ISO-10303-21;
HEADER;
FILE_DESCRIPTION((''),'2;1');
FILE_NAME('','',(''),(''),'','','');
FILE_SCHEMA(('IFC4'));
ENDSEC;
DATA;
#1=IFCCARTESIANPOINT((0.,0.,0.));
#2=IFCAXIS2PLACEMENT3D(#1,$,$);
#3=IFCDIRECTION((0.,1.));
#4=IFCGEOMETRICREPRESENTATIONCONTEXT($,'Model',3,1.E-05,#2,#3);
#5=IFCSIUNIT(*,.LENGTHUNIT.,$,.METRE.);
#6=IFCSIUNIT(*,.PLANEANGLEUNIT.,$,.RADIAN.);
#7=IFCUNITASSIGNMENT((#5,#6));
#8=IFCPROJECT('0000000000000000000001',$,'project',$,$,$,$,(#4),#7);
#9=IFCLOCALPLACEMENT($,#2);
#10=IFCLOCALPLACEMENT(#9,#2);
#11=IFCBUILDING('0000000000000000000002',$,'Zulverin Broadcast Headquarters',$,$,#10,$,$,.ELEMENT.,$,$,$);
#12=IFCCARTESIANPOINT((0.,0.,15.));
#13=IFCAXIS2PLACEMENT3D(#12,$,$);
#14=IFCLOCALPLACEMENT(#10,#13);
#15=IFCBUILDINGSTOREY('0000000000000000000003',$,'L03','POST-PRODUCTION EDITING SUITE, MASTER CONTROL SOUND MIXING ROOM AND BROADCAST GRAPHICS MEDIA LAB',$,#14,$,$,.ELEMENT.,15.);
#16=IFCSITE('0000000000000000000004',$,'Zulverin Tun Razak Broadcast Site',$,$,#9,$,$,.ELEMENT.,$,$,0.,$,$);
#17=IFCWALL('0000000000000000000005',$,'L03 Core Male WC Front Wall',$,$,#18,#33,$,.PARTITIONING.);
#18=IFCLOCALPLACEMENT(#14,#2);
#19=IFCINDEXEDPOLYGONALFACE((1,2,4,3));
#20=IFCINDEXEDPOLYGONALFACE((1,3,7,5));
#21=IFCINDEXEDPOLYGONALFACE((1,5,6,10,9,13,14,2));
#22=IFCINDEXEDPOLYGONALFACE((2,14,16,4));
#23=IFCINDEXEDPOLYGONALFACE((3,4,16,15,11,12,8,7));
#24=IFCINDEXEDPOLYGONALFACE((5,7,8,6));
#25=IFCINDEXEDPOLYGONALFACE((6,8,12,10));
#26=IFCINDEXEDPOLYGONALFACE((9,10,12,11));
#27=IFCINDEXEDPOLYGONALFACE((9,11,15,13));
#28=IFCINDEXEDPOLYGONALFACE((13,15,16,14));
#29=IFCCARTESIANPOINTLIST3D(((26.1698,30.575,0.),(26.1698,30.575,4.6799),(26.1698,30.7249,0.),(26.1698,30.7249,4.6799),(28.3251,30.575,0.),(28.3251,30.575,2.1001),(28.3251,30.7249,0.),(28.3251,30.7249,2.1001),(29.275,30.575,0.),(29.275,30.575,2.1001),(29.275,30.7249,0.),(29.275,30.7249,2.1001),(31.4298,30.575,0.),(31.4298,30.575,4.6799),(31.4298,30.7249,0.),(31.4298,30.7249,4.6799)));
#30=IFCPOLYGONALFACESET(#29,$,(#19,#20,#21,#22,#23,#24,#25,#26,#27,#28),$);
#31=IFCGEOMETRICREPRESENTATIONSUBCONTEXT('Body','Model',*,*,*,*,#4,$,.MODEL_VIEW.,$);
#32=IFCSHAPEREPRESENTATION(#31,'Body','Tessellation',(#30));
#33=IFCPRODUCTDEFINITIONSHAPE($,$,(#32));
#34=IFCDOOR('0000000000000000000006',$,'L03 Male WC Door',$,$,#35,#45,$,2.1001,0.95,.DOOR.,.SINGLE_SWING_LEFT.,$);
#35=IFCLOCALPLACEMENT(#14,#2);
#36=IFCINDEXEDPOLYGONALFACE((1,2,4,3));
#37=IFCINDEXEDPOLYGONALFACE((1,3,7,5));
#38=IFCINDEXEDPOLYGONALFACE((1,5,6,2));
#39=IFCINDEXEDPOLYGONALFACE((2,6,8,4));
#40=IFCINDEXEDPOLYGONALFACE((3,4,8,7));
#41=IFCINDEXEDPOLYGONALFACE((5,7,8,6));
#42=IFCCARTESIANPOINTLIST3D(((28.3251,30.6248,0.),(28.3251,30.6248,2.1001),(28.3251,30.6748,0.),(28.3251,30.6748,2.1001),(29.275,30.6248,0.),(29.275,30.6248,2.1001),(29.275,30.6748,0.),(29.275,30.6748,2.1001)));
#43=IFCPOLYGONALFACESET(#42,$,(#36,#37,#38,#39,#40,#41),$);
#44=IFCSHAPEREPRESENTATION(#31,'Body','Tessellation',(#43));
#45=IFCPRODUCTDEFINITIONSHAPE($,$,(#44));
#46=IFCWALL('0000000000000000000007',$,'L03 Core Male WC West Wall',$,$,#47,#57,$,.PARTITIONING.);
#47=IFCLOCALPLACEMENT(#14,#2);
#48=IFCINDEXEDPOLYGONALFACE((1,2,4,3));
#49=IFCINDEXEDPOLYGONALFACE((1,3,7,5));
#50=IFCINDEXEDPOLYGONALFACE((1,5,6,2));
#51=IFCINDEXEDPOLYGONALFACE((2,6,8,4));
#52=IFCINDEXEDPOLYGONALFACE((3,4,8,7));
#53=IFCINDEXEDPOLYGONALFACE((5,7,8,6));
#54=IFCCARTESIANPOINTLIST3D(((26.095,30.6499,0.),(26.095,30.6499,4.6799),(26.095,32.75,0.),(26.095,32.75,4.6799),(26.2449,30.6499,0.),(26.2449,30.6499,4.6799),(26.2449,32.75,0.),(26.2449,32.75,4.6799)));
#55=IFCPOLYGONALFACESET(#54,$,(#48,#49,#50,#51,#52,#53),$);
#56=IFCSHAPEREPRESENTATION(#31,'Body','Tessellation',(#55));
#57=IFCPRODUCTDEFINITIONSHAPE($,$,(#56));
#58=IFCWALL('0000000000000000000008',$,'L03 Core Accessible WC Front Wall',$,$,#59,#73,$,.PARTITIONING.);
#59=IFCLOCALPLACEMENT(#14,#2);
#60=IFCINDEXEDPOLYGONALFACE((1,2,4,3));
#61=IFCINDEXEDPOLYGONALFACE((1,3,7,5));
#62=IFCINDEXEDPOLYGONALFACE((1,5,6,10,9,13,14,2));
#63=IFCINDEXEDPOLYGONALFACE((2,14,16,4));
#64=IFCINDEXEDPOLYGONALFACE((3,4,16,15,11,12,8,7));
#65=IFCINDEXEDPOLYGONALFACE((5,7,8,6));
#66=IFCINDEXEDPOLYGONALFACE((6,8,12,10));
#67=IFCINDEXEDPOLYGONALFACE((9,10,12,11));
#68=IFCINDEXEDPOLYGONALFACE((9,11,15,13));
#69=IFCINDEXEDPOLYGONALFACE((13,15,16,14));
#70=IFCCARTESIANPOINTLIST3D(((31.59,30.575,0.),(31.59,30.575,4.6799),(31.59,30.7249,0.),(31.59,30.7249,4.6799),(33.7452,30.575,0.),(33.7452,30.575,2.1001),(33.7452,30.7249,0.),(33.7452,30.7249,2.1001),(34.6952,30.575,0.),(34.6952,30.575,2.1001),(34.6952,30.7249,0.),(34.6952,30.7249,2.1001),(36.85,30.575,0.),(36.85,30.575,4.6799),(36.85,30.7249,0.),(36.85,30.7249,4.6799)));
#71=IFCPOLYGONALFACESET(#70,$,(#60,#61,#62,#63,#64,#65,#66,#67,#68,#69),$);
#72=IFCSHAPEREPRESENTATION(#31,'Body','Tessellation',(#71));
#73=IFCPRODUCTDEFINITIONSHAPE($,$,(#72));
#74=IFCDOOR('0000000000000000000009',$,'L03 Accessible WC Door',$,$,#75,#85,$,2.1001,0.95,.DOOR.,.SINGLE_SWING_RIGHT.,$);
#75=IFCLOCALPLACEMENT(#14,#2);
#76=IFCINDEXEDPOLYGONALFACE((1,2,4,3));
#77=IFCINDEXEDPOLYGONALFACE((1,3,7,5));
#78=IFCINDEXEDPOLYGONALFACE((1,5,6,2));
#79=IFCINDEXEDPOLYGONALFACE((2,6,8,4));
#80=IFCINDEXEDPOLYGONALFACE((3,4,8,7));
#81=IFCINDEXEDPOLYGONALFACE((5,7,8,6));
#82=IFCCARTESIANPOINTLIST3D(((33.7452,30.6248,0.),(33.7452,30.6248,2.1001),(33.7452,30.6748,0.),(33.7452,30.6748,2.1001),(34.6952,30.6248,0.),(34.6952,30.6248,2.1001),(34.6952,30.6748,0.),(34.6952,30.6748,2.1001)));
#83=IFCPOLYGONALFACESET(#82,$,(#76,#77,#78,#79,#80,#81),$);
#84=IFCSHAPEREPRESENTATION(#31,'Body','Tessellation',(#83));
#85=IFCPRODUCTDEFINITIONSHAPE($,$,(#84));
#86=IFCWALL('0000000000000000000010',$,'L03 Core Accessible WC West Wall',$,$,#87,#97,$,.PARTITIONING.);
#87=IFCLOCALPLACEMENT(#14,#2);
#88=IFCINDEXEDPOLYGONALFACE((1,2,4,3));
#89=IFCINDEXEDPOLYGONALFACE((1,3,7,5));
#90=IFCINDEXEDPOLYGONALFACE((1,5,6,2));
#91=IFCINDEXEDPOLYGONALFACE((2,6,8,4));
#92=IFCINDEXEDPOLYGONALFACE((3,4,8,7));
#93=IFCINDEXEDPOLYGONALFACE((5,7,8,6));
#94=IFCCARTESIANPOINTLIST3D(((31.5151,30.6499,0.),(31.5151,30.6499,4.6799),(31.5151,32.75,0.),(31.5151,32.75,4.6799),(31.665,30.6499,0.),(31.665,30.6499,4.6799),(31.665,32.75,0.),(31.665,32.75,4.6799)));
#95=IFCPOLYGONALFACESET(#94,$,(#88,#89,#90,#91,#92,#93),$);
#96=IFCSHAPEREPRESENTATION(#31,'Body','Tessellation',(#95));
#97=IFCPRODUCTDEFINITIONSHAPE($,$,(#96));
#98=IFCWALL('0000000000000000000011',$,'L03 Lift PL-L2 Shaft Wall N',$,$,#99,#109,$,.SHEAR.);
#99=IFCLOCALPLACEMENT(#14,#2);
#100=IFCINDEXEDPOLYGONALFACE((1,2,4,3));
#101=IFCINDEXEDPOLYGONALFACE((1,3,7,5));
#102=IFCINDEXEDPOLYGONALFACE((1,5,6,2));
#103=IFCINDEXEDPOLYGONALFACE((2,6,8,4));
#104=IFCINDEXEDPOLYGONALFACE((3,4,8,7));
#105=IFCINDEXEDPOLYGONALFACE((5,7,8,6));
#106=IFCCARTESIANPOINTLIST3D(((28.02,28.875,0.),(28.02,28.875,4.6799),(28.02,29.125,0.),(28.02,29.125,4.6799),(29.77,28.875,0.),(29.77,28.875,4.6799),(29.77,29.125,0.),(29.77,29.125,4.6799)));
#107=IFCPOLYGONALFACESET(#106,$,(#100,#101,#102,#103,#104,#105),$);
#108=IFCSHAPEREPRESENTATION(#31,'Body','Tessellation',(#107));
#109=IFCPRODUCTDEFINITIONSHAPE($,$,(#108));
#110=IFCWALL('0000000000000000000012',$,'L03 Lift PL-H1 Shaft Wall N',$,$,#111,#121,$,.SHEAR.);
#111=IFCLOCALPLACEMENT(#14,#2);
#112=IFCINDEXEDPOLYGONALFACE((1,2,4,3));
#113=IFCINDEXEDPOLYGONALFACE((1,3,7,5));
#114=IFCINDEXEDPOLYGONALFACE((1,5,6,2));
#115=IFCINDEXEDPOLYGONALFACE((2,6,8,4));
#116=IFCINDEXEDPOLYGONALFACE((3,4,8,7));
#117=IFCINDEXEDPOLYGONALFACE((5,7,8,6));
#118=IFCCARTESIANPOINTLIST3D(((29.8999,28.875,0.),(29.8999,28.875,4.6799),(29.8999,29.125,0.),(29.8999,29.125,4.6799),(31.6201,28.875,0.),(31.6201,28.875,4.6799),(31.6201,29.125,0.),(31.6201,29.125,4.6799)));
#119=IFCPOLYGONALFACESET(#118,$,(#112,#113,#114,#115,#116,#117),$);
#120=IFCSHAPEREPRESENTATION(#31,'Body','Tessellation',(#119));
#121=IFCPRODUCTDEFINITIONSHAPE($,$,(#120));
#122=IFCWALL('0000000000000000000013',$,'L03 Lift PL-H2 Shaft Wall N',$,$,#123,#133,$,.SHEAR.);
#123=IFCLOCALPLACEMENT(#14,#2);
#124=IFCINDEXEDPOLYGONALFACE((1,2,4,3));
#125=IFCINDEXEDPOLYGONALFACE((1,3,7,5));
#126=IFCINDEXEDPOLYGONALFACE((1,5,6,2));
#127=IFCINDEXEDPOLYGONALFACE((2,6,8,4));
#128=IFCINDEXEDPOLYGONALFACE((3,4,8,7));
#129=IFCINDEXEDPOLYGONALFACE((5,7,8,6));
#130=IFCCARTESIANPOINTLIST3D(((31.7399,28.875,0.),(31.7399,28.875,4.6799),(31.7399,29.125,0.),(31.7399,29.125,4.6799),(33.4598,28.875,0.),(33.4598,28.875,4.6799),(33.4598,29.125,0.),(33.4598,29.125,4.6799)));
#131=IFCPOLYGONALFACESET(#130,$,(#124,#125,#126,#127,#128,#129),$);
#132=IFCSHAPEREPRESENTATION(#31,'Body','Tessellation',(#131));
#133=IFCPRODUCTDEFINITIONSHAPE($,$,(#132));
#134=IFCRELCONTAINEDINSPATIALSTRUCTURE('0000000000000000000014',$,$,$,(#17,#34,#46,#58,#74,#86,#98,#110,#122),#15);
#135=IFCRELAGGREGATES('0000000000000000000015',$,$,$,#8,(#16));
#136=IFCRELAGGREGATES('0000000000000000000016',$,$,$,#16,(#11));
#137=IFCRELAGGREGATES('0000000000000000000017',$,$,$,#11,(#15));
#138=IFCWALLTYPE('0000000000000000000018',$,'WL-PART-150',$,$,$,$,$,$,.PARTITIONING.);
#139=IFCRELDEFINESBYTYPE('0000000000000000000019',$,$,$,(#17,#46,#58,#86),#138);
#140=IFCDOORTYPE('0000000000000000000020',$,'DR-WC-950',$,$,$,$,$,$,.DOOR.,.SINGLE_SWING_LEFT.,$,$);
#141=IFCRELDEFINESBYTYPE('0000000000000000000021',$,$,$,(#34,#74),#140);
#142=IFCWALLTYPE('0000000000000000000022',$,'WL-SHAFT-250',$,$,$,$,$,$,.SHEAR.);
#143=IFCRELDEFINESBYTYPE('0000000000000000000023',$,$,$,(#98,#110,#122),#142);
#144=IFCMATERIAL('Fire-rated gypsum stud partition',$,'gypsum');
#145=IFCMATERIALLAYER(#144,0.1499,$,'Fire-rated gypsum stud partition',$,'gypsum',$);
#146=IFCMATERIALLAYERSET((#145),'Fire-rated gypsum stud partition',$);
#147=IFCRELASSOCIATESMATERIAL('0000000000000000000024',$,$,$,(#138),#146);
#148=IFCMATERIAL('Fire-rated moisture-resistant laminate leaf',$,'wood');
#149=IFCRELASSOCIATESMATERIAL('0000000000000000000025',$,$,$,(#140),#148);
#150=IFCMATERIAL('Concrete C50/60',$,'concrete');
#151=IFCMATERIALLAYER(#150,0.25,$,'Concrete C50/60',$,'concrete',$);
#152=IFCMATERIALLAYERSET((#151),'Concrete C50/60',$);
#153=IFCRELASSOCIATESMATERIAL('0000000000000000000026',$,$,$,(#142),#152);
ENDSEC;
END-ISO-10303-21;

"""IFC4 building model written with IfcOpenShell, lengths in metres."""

from ifc_helpers import new_model, si_unit, direction, frame, frame_2d, origin, place, context, subcontext, project, spatial, rectangle, extrude, material, layer, layer_set, type_object, element, fill, save


model = new_model("IFC4")

# Units and contexts
model_context = context("Model", 3, precision=1e-05, world=origin(), true_north=direction((0.0, 1.0)))
body_context = subcontext(model_context, "Body", "Model", "MODEL_VIEW")
ifc_project = project(units=[si_unit("LENGTHUNIT", "METRE"), si_unit("PLANEANGLEUNIT", "RADIAN")], contexts=[model_context])

# Site, building, storey
site_placement = place(None, origin())
site = spatial("IfcSite", under=ifc_project, at=site_placement, Name="Zulverin Tun Razak Broadcast Site", CompositionType="ELEMENT", RefElevation=0.0)
building_placement = place(site_placement, origin())
building = spatial("IfcBuilding", under=site, at=building_placement, Name="Zulverin Broadcast Headquarters", CompositionType="ELEMENT")
storey_placement = place(building_placement, frame((0.0, 0.0, 15.0)))
storey = spatial("IfcBuildingStorey", under=building, at=storey_placement, Name="L03", Description="POST-PRODUCTION EDITING SUITE, MASTER CONTROL SOUND MIXING ROOM AND BROADCAST GRAPHICS MEDIA LAB", CompositionType="ELEMENT", Elevation=15.0)

# Wall, opening, door
ifc_material_1 = material(Name="Fire-rated gypsum stud partition", Category="gypsum")
ifc_layer_1 = layer(ifc_material_1, 0.1499, Name="Fire-rated gypsum stud partition", Category="gypsum")
ifc_layer_set_1 = layer_set([ifc_layer_1], Name="Fire-rated gypsum stud partition")
wall_type_1 = type_object("IfcWallType", Name="WL-PART-150", PredefinedType="PARTITIONING", material=ifc_layer_set_1)
wall_1_placement = place(storey_placement, frame((26.1699, 30.6499, 0.0), z_axis=(0.0, 0.0, 1.0), x_axis=(1.0, 0.0, 0.0)))
wall_1 = element("IfcWall", 1, at=wall_1_placement, inside=storey, type_object=wall_type_1, Name="L03 Core Male WC Front Wall", PredefinedType="PARTITIONING", context=body_context, shape_type="SweptSolid", body=[
    extrude(rectangle(XDim=5.26, YDim=0.1499, at=frame_2d((2.6299, 0.0))), origin(), (0.0, 0.0, 1.0), 4.6799),
])
opening_1_placement = place(wall_1_placement, frame((2.155, 0.0, 0.0)))
opening_1 = element("IfcOpeningElement", 2, at=opening_1_placement, cuts=wall_1, PredefinedType="OPENING", context=body_context, shape_type="SweptSolid", body=[
    extrude(rectangle(XDim=0.95, YDim=2.1001, at=frame_2d((0.4751, 1.05))), frame((0.0, 0.085, 0.0), z_axis=(0.0, -1.0, 0.0), x_axis=(1.0, 0.0, 0.0)), (0.0, 0.0, 1.0), 0.1699),
])
ifc_material_2 = material(Name="Fire-rated moisture-resistant laminate leaf", Category="wood")
door_type = type_object("IfcDoorType", Name="DR-WC-950", OperationType="SINGLE_SWING_LEFT", PredefinedType="DOOR", material=ifc_material_2)
door_1_placement = place(opening_1_placement, origin())
door_1 = element("IfcDoor", 3, at=door_1_placement, inside=storey, type_object=door_type, Name="L03 Male WC Door", OperationType="SINGLE_SWING_LEFT", OverallHeight=2.1001, OverallWidth=0.95, PredefinedType="DOOR", context=body_context, shape_type="SweptSolid", body=[
    extrude(rectangle(XDim=0.95, YDim=2.1001, at=frame_2d((0.4751, 1.05))), frame((0.0, 0.0249, 0.0), z_axis=(0.0, -1.0, 0.0), x_axis=(1.0, 0.0, 0.0)), (0.0, 0.0, 1.0), 0.05),
])
fill(opening_1, door_1)

# Wall
wall_2_placement = place(storey_placement, frame((26.1699, 30.6499, 0.0), z_axis=(0.0, 0.0, 1.0), x_axis=(0.0, 1.0, 0.0)))
element("IfcWall", 4, at=wall_2_placement, inside=storey, type_object=wall_type_1, Name="L03 Core Male WC West Wall", PredefinedType="PARTITIONING", context=body_context, shape_type="SweptSolid", body=[
    extrude(rectangle(XDim=2.1001, YDim=0.1499, at=frame_2d((1.05, 0.0))), origin(), (0.0, 0.0, 1.0), 4.6799),
])

# Wall, opening, door
wall_3_placement = place(storey_placement, frame((31.5901, 30.6499, 0.0), z_axis=(0.0, 0.0, 1.0), x_axis=(1.0, 0.0, 0.0)))
wall_3 = element("IfcWall", 5, at=wall_3_placement, inside=storey, type_object=wall_type_1, Name="L03 Core Accessible WC Front Wall", PredefinedType="PARTITIONING", context=body_context, shape_type="SweptSolid", body=[
    extrude(rectangle(XDim=5.26, YDim=0.1499, at=frame_2d((2.6299, 0.0))), origin(), (0.0, 0.0, 1.0), 4.6799),
])
opening_2_placement = place(wall_3_placement, frame((2.155, 0.0, 0.0)))
opening_2 = element("IfcOpeningElement", 6, at=opening_2_placement, cuts=wall_3, PredefinedType="OPENING", context=body_context, shape_type="SweptSolid", body=[
    extrude(rectangle(XDim=0.95, YDim=2.1001, at=frame_2d((0.4751, 1.05))), frame((0.0, 0.085, 0.0), z_axis=(0.0, -1.0, 0.0), x_axis=(1.0, 0.0, 0.0)), (0.0, 0.0, 1.0), 0.1699),
])
door_2_placement = place(opening_2_placement, origin())
door_2 = element("IfcDoor", 7, at=door_2_placement, inside=storey, type_object=door_type, Name="L03 Accessible WC Door", OperationType="SINGLE_SWING_RIGHT", OverallHeight=2.1001, OverallWidth=0.95, PredefinedType="DOOR", context=body_context, shape_type="SweptSolid", body=[
    extrude(rectangle(XDim=0.95, YDim=2.1001, at=frame_2d((0.4751, 1.05))), frame((0.0, 0.0249, 0.0), z_axis=(0.0, -1.0, 0.0), x_axis=(1.0, 0.0, 0.0)), (0.0, 0.0, 1.0), 0.05),
])
fill(opening_2, door_2)

# Walls
wall_4_placement = place(storey_placement, frame((31.5901, 30.6499, 0.0), z_axis=(0.0, 0.0, 1.0), x_axis=(0.0, 1.0, 0.0)))
element("IfcWall", 8, at=wall_4_placement, inside=storey, type_object=wall_type_1, Name="L03 Core Accessible WC West Wall", PredefinedType="PARTITIONING", context=body_context, shape_type="SweptSolid", body=[
    extrude(rectangle(XDim=2.1001, YDim=0.1499, at=frame_2d((1.05, 0.0))), origin(), (0.0, 0.0, 1.0), 4.6799),
])
ifc_material_3 = material(Name="Concrete C50/60", Category="concrete")
ifc_layer_2 = layer(ifc_material_3, 0.25, Name="Concrete C50/60", Category="concrete")
ifc_layer_set_2 = layer_set([ifc_layer_2], Name="Concrete C50/60")
wall_type_2 = type_object("IfcWallType", Name="WL-SHAFT-250", PredefinedType="SHEAR", material=ifc_layer_set_2)
wall_5_placement = place(storey_placement, frame((28.02, 29.0, 0.0), z_axis=(0.0, 0.0, 1.0), x_axis=(1.0, 0.0, 0.0)))
element("IfcWall", 9, at=wall_5_placement, inside=storey, type_object=wall_type_2, Name="L03 Lift PL-L2 Shaft Wall N", PredefinedType="SHEAR", context=body_context, shape_type="SweptSolid", body=[
    extrude(rectangle(XDim=1.75, YDim=0.25, at=frame_2d((0.875, 0.0))), origin(), (0.0, 0.0, 1.0), 4.6799),
])
wall_6_placement = place(storey_placement, frame((29.8999, 29.0, 0.0), z_axis=(0.0, 0.0, 1.0), x_axis=(1.0, 0.0, 0.0)))
element("IfcWall", 10, at=wall_6_placement, inside=storey, type_object=wall_type_2, Name="L03 Lift PL-H1 Shaft Wall N", PredefinedType="SHEAR", context=body_context, shape_type="SweptSolid", body=[
    extrude(rectangle(XDim=1.7202, YDim=0.25, at=frame_2d((0.8601, 0.0))), origin(), (0.0, 0.0, 1.0), 4.6799),
])
wall_7_placement = place(storey_placement, frame((31.74, 29.0, 0.0), z_axis=(0.0, 0.0, 1.0), x_axis=(1.0, 0.0, 0.0)))
element("IfcWall", 11, at=wall_7_placement, inside=storey, type_object=wall_type_2, Name="L03 Lift PL-H2 Shaft Wall N", PredefinedType="SHEAR", context=body_context, shape_type="SweptSolid", body=[
    extrude(rectangle(XDim=1.72, YDim=0.25, at=frame_2d((0.8599, 0.0))), origin(), (0.0, 0.0, 1.0), 4.6799),
])

save(model, "model.ifc")
